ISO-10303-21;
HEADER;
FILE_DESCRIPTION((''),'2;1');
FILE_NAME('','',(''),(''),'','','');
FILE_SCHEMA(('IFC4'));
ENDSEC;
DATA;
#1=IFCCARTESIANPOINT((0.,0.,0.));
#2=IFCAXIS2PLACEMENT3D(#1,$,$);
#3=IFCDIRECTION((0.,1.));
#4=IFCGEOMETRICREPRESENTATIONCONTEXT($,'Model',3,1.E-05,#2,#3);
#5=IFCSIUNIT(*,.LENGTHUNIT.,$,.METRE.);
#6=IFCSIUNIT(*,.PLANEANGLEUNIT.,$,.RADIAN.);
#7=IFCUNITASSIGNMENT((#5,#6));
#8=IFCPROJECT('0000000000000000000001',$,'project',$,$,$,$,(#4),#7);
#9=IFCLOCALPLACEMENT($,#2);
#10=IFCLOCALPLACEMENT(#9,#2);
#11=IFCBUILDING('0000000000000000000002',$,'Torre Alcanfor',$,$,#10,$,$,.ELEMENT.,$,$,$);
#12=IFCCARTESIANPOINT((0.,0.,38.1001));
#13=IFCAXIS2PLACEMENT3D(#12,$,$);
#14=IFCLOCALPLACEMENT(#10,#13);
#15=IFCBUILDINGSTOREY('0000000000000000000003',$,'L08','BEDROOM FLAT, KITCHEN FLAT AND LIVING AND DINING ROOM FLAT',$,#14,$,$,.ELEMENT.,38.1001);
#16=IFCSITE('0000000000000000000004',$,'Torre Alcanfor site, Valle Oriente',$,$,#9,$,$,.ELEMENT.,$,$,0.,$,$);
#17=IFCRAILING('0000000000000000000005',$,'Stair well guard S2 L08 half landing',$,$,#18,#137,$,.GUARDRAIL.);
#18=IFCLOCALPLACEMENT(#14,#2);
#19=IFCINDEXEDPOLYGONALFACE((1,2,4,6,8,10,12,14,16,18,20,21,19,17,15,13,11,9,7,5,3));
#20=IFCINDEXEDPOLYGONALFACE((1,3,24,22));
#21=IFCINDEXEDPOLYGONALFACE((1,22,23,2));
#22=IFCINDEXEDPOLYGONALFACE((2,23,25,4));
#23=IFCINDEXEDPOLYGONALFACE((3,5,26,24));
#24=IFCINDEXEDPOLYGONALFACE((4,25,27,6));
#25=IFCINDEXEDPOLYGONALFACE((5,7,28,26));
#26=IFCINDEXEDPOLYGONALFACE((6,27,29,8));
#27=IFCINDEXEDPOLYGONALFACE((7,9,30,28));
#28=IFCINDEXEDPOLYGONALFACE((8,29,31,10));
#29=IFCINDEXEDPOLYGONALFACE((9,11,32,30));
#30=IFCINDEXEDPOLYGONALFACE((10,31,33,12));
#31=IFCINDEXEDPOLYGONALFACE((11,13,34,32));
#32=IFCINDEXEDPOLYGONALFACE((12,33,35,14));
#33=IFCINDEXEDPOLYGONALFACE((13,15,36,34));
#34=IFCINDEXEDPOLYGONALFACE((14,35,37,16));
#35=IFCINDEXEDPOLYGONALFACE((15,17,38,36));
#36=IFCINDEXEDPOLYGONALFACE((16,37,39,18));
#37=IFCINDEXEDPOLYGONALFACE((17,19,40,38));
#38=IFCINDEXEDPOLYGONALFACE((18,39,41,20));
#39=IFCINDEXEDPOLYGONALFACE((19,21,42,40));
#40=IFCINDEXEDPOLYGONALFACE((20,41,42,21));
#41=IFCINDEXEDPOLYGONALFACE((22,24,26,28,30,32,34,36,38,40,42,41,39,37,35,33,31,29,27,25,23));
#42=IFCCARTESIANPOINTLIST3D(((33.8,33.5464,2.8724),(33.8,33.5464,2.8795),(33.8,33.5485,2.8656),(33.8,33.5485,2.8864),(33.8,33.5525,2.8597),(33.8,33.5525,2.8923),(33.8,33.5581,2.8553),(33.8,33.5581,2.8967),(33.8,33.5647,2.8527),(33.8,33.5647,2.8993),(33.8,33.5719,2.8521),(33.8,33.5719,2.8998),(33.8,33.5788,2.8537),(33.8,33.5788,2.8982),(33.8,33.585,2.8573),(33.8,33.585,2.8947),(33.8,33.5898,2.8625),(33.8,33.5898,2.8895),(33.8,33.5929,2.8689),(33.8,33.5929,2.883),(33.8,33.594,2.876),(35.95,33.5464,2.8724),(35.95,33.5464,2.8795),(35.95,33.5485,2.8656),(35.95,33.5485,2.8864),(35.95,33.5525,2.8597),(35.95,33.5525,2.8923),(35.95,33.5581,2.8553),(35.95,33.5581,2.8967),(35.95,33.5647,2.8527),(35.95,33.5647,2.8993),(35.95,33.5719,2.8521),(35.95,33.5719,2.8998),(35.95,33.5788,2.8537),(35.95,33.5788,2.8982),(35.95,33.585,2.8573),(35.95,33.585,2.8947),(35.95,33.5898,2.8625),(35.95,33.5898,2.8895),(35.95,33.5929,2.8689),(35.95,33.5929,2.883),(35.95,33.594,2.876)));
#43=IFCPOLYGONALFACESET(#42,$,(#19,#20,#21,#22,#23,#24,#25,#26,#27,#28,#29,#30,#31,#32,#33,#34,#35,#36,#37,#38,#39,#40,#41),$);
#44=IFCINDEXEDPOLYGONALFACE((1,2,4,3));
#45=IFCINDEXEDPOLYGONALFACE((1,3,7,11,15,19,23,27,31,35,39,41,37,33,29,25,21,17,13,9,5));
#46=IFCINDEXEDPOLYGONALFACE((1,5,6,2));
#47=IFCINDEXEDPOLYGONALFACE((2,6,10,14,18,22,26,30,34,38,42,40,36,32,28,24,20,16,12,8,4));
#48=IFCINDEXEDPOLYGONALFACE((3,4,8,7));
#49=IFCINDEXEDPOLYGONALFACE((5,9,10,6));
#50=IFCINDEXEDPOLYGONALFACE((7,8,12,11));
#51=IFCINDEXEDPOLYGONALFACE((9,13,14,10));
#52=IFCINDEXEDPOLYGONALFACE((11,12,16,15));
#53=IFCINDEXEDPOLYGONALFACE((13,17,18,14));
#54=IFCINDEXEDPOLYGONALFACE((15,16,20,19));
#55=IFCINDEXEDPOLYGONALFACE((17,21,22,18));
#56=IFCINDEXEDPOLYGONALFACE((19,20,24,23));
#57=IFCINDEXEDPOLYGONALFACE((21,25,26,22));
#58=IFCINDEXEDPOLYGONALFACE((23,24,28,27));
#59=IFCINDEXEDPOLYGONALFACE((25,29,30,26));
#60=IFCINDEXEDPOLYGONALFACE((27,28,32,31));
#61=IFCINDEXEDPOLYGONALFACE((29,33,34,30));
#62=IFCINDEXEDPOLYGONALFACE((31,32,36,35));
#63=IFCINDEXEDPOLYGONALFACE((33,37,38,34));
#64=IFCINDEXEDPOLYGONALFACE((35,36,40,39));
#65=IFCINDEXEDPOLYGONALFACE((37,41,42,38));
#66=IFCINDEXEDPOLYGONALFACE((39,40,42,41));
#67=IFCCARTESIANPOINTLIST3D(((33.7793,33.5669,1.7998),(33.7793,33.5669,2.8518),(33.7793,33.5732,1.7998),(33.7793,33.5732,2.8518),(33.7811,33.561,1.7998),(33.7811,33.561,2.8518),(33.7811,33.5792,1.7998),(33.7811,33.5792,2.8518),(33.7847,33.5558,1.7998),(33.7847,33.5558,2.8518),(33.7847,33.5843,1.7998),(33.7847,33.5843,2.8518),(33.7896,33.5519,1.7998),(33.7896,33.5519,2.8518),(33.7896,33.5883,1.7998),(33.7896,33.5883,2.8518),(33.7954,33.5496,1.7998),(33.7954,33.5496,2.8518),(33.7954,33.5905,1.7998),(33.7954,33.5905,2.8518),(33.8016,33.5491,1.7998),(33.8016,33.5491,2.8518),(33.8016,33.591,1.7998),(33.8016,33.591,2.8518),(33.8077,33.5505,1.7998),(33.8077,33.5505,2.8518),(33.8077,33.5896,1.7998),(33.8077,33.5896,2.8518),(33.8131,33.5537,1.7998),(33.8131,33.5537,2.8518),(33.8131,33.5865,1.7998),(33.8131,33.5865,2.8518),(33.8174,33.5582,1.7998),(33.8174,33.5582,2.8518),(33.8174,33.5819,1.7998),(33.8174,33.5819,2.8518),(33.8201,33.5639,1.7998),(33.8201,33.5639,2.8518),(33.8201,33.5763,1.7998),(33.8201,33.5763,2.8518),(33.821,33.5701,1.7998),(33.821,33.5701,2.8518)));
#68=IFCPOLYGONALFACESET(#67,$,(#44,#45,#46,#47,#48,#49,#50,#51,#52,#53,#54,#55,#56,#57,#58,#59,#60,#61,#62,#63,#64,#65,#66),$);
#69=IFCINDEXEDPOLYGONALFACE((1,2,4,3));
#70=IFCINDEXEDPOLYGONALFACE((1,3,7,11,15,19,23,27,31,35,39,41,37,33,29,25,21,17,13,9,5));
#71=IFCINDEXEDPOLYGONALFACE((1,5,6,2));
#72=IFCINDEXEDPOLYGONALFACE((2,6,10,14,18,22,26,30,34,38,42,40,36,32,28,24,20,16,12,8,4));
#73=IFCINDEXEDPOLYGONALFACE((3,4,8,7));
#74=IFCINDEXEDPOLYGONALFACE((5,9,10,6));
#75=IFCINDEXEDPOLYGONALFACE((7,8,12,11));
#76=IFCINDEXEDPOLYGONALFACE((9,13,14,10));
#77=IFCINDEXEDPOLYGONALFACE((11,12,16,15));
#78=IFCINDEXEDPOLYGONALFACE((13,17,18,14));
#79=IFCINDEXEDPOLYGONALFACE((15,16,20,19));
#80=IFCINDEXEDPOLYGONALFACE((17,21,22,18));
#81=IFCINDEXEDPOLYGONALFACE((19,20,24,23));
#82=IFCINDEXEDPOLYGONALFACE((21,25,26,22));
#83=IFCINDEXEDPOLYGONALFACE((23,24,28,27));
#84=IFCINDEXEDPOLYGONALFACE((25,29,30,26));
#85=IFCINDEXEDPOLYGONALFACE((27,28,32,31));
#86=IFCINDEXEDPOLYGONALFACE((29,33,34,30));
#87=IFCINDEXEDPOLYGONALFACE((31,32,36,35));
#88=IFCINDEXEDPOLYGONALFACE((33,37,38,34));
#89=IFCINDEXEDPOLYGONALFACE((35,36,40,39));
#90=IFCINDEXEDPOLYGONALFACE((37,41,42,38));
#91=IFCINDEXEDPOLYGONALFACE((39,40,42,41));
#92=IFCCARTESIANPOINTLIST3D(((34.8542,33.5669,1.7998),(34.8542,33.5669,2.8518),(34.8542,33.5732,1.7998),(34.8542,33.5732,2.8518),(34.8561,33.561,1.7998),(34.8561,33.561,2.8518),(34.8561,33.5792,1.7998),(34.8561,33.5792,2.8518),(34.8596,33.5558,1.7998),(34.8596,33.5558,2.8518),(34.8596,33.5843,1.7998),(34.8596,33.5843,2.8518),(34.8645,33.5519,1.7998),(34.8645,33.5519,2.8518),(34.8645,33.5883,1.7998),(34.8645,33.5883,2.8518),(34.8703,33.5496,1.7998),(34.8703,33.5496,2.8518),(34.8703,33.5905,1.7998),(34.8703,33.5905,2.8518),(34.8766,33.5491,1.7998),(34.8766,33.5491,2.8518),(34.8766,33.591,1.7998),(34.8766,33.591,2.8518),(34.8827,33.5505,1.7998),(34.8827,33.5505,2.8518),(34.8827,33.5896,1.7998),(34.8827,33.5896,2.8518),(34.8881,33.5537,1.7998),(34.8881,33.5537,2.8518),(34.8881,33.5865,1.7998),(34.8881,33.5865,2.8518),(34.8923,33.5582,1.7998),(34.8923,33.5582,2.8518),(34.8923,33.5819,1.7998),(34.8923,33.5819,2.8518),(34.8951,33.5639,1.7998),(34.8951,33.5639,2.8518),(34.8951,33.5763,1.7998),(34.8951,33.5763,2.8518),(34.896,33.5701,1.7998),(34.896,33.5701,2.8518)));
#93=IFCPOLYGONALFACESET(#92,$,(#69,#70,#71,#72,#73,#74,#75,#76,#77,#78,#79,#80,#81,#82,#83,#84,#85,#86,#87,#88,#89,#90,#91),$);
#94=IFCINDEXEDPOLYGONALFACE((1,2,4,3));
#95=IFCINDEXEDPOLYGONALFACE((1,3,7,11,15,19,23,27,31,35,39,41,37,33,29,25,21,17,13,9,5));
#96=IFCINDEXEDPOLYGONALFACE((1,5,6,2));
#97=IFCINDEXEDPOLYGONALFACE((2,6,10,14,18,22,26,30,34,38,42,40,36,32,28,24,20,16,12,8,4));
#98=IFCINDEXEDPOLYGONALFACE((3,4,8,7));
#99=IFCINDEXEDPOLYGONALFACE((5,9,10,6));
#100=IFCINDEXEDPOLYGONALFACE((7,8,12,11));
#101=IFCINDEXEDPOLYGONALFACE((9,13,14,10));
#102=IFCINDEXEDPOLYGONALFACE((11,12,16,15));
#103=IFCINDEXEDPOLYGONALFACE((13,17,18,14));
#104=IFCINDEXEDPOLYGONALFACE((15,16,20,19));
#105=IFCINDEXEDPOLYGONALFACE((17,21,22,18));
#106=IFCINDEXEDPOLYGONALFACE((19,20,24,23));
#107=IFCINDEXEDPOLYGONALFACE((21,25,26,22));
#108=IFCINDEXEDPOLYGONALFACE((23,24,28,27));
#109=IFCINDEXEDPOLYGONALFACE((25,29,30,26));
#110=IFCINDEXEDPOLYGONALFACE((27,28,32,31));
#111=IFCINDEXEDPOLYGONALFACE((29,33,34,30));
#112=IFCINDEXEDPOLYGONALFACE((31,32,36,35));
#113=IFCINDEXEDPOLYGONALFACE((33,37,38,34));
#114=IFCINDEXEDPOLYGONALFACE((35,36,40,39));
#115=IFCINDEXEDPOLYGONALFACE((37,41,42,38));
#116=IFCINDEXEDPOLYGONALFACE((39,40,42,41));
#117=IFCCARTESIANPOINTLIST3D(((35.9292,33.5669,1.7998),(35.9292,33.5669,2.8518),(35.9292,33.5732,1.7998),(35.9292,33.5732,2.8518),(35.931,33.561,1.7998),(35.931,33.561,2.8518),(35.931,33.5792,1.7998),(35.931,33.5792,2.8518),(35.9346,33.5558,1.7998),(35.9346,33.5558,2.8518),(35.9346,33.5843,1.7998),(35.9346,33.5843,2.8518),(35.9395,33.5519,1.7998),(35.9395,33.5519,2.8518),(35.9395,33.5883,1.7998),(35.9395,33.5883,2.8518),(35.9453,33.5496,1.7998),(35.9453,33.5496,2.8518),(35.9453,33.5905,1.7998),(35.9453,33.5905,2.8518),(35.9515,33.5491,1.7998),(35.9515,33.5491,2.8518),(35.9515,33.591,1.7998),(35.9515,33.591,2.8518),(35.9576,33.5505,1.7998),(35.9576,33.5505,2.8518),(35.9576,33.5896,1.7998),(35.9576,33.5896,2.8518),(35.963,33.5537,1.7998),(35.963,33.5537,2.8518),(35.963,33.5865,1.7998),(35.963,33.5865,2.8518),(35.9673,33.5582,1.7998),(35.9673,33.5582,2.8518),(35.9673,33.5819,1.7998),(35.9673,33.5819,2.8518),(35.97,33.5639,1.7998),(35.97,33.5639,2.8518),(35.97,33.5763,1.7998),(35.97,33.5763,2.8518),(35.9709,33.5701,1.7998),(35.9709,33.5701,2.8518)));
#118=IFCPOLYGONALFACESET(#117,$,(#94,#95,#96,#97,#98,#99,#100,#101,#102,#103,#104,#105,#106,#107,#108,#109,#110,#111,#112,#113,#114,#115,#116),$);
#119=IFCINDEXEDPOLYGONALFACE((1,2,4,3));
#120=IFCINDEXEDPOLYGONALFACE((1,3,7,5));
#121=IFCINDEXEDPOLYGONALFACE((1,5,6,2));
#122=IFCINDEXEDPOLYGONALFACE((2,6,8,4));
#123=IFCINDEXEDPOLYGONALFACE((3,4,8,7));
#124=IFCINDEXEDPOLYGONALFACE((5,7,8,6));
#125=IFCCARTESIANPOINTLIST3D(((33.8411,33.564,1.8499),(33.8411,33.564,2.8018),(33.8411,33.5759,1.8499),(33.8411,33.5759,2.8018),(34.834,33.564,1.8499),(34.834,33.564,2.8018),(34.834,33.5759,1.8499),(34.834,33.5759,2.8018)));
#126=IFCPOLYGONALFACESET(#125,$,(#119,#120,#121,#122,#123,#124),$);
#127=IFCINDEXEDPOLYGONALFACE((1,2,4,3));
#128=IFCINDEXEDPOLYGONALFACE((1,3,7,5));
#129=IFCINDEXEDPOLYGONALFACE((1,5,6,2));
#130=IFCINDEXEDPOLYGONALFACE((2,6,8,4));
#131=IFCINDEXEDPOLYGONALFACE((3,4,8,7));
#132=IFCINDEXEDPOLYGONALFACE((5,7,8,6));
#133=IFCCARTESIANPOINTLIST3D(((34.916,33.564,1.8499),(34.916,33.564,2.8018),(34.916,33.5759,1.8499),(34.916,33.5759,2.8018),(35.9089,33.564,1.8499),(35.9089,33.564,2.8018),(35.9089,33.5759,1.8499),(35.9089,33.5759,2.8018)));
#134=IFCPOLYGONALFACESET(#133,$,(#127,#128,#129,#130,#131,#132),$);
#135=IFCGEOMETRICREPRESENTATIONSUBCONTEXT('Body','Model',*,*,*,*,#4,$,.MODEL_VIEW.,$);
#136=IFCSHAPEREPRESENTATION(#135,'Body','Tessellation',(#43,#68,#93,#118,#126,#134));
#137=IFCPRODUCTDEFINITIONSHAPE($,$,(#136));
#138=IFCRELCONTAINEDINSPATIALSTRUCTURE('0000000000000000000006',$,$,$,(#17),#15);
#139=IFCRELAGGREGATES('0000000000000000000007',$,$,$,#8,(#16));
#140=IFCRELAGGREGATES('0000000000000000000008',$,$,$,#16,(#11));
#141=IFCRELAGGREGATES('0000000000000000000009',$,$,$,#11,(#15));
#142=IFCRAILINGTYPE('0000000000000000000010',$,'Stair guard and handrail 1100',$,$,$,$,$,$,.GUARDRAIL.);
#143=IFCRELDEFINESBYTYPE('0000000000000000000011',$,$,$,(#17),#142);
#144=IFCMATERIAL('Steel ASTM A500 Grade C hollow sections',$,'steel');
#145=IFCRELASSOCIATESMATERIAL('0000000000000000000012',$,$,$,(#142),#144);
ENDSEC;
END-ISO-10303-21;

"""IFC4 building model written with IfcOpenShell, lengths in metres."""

from ifc_helpers import new_model, si_unit, direction, frame, origin, origin_2d, place, context, subcontext, project, spatial, polyline, circle, outline, extrude, material, type_object, element, save


model = new_model("IFC4")

# Units and contexts
model_context = context("Model", 3, precision=1e-05, world=origin(), true_north=direction((0.0, 1.0)))
body_context = subcontext(model_context, "Body", "Model", "MODEL_VIEW")
ifc_project = project(units=[si_unit("LENGTHUNIT", "METRE"), si_unit("PLANEANGLEUNIT", "RADIAN")], contexts=[model_context])

# Site, building, storey
site_placement = place(None, origin())
site = spatial("IfcSite", under=ifc_project, at=site_placement, Name="Torre Alcanfor site, Valle Oriente", CompositionType="ELEMENT", RefElevation=0.0)
building_placement = place(site_placement, origin())
building = spatial("IfcBuilding", under=site, at=building_placement, Name="Torre Alcanfor", CompositionType="ELEMENT")
storey_placement = place(building_placement, frame((0.0, 0.0, 38.1001)))
storey = spatial("IfcBuildingStorey", under=building, at=storey_placement, Name="L08", Description="BEDROOM FLAT, KITCHEN FLAT AND LIVING AND DINING ROOM FLAT", CompositionType="ELEMENT", Elevation=38.1001)

# Railing
ifc_material_1 = material(Name="Steel ASTM A500 Grade C hollow sections", Category="steel")
railing_type_1 = type_object("IfcRailingType", Name="Stair guard and handrail 1100", PredefinedType="GUARDRAIL", material=ifc_material_1)
for number, where, name in (
    (1, (33.8, 33.5701, 1.7998), "Stair well guard S2 L08 half landing"),
):
    element("IfcRailing", number, at=place(storey_placement, frame(where)), inside=storey, type_object=railing_type_1, Name=name, PredefinedType="GUARDRAIL", context=body_context, shape_type="SweptSolid", body=[
        extrude(circle(Radius=0.0239, at=origin_2d()), frame((0.0, 0.0, 1.0762), z_axis=(1.0, 0.0, 0.0), x_axis=(0.0, 1.0, 0.0)), (0.0, 0.0, 1.0), 2.1499),
        extrude(circle(Radius=0.021, at=origin_2d()), origin(), (0.0, 0.0, 1.0), 1.052),
        extrude(circle(Radius=0.021, at=origin_2d()), frame((1.075, 0.0, 0.0)), (0.0, 0.0, 1.0), 1.052),
        extrude(circle(Radius=0.021, at=origin_2d()), frame((2.1499, 0.0, 0.0)), (0.0, 0.0, 1.0), 1.052),
        extrude(outline(polyline([(0.041, 0.05), (1.0339, 0.05), (1.0339, 1.002), (0.041, 1.002), (0.041, 0.05)])), frame((0.0, 0.0059, 0.0), z_axis=(0.0, -1.0, 0.0), x_axis=(1.0, 0.0, 0.0)), (0.0, 0.0, 1.0), 0.012),
        extrude(outline(polyline([(1.116, 0.05), (2.1089, 0.05), (2.1089, 1.002), (1.116, 1.002), (1.116, 0.05)])), frame((0.0, 0.0059, 0.0), z_axis=(0.0, -1.0, 0.0), x_axis=(1.0, 0.0, 0.0)), (0.0, 0.0, 1.0), 0.012),
    ])

save(model, "model.ifc")
